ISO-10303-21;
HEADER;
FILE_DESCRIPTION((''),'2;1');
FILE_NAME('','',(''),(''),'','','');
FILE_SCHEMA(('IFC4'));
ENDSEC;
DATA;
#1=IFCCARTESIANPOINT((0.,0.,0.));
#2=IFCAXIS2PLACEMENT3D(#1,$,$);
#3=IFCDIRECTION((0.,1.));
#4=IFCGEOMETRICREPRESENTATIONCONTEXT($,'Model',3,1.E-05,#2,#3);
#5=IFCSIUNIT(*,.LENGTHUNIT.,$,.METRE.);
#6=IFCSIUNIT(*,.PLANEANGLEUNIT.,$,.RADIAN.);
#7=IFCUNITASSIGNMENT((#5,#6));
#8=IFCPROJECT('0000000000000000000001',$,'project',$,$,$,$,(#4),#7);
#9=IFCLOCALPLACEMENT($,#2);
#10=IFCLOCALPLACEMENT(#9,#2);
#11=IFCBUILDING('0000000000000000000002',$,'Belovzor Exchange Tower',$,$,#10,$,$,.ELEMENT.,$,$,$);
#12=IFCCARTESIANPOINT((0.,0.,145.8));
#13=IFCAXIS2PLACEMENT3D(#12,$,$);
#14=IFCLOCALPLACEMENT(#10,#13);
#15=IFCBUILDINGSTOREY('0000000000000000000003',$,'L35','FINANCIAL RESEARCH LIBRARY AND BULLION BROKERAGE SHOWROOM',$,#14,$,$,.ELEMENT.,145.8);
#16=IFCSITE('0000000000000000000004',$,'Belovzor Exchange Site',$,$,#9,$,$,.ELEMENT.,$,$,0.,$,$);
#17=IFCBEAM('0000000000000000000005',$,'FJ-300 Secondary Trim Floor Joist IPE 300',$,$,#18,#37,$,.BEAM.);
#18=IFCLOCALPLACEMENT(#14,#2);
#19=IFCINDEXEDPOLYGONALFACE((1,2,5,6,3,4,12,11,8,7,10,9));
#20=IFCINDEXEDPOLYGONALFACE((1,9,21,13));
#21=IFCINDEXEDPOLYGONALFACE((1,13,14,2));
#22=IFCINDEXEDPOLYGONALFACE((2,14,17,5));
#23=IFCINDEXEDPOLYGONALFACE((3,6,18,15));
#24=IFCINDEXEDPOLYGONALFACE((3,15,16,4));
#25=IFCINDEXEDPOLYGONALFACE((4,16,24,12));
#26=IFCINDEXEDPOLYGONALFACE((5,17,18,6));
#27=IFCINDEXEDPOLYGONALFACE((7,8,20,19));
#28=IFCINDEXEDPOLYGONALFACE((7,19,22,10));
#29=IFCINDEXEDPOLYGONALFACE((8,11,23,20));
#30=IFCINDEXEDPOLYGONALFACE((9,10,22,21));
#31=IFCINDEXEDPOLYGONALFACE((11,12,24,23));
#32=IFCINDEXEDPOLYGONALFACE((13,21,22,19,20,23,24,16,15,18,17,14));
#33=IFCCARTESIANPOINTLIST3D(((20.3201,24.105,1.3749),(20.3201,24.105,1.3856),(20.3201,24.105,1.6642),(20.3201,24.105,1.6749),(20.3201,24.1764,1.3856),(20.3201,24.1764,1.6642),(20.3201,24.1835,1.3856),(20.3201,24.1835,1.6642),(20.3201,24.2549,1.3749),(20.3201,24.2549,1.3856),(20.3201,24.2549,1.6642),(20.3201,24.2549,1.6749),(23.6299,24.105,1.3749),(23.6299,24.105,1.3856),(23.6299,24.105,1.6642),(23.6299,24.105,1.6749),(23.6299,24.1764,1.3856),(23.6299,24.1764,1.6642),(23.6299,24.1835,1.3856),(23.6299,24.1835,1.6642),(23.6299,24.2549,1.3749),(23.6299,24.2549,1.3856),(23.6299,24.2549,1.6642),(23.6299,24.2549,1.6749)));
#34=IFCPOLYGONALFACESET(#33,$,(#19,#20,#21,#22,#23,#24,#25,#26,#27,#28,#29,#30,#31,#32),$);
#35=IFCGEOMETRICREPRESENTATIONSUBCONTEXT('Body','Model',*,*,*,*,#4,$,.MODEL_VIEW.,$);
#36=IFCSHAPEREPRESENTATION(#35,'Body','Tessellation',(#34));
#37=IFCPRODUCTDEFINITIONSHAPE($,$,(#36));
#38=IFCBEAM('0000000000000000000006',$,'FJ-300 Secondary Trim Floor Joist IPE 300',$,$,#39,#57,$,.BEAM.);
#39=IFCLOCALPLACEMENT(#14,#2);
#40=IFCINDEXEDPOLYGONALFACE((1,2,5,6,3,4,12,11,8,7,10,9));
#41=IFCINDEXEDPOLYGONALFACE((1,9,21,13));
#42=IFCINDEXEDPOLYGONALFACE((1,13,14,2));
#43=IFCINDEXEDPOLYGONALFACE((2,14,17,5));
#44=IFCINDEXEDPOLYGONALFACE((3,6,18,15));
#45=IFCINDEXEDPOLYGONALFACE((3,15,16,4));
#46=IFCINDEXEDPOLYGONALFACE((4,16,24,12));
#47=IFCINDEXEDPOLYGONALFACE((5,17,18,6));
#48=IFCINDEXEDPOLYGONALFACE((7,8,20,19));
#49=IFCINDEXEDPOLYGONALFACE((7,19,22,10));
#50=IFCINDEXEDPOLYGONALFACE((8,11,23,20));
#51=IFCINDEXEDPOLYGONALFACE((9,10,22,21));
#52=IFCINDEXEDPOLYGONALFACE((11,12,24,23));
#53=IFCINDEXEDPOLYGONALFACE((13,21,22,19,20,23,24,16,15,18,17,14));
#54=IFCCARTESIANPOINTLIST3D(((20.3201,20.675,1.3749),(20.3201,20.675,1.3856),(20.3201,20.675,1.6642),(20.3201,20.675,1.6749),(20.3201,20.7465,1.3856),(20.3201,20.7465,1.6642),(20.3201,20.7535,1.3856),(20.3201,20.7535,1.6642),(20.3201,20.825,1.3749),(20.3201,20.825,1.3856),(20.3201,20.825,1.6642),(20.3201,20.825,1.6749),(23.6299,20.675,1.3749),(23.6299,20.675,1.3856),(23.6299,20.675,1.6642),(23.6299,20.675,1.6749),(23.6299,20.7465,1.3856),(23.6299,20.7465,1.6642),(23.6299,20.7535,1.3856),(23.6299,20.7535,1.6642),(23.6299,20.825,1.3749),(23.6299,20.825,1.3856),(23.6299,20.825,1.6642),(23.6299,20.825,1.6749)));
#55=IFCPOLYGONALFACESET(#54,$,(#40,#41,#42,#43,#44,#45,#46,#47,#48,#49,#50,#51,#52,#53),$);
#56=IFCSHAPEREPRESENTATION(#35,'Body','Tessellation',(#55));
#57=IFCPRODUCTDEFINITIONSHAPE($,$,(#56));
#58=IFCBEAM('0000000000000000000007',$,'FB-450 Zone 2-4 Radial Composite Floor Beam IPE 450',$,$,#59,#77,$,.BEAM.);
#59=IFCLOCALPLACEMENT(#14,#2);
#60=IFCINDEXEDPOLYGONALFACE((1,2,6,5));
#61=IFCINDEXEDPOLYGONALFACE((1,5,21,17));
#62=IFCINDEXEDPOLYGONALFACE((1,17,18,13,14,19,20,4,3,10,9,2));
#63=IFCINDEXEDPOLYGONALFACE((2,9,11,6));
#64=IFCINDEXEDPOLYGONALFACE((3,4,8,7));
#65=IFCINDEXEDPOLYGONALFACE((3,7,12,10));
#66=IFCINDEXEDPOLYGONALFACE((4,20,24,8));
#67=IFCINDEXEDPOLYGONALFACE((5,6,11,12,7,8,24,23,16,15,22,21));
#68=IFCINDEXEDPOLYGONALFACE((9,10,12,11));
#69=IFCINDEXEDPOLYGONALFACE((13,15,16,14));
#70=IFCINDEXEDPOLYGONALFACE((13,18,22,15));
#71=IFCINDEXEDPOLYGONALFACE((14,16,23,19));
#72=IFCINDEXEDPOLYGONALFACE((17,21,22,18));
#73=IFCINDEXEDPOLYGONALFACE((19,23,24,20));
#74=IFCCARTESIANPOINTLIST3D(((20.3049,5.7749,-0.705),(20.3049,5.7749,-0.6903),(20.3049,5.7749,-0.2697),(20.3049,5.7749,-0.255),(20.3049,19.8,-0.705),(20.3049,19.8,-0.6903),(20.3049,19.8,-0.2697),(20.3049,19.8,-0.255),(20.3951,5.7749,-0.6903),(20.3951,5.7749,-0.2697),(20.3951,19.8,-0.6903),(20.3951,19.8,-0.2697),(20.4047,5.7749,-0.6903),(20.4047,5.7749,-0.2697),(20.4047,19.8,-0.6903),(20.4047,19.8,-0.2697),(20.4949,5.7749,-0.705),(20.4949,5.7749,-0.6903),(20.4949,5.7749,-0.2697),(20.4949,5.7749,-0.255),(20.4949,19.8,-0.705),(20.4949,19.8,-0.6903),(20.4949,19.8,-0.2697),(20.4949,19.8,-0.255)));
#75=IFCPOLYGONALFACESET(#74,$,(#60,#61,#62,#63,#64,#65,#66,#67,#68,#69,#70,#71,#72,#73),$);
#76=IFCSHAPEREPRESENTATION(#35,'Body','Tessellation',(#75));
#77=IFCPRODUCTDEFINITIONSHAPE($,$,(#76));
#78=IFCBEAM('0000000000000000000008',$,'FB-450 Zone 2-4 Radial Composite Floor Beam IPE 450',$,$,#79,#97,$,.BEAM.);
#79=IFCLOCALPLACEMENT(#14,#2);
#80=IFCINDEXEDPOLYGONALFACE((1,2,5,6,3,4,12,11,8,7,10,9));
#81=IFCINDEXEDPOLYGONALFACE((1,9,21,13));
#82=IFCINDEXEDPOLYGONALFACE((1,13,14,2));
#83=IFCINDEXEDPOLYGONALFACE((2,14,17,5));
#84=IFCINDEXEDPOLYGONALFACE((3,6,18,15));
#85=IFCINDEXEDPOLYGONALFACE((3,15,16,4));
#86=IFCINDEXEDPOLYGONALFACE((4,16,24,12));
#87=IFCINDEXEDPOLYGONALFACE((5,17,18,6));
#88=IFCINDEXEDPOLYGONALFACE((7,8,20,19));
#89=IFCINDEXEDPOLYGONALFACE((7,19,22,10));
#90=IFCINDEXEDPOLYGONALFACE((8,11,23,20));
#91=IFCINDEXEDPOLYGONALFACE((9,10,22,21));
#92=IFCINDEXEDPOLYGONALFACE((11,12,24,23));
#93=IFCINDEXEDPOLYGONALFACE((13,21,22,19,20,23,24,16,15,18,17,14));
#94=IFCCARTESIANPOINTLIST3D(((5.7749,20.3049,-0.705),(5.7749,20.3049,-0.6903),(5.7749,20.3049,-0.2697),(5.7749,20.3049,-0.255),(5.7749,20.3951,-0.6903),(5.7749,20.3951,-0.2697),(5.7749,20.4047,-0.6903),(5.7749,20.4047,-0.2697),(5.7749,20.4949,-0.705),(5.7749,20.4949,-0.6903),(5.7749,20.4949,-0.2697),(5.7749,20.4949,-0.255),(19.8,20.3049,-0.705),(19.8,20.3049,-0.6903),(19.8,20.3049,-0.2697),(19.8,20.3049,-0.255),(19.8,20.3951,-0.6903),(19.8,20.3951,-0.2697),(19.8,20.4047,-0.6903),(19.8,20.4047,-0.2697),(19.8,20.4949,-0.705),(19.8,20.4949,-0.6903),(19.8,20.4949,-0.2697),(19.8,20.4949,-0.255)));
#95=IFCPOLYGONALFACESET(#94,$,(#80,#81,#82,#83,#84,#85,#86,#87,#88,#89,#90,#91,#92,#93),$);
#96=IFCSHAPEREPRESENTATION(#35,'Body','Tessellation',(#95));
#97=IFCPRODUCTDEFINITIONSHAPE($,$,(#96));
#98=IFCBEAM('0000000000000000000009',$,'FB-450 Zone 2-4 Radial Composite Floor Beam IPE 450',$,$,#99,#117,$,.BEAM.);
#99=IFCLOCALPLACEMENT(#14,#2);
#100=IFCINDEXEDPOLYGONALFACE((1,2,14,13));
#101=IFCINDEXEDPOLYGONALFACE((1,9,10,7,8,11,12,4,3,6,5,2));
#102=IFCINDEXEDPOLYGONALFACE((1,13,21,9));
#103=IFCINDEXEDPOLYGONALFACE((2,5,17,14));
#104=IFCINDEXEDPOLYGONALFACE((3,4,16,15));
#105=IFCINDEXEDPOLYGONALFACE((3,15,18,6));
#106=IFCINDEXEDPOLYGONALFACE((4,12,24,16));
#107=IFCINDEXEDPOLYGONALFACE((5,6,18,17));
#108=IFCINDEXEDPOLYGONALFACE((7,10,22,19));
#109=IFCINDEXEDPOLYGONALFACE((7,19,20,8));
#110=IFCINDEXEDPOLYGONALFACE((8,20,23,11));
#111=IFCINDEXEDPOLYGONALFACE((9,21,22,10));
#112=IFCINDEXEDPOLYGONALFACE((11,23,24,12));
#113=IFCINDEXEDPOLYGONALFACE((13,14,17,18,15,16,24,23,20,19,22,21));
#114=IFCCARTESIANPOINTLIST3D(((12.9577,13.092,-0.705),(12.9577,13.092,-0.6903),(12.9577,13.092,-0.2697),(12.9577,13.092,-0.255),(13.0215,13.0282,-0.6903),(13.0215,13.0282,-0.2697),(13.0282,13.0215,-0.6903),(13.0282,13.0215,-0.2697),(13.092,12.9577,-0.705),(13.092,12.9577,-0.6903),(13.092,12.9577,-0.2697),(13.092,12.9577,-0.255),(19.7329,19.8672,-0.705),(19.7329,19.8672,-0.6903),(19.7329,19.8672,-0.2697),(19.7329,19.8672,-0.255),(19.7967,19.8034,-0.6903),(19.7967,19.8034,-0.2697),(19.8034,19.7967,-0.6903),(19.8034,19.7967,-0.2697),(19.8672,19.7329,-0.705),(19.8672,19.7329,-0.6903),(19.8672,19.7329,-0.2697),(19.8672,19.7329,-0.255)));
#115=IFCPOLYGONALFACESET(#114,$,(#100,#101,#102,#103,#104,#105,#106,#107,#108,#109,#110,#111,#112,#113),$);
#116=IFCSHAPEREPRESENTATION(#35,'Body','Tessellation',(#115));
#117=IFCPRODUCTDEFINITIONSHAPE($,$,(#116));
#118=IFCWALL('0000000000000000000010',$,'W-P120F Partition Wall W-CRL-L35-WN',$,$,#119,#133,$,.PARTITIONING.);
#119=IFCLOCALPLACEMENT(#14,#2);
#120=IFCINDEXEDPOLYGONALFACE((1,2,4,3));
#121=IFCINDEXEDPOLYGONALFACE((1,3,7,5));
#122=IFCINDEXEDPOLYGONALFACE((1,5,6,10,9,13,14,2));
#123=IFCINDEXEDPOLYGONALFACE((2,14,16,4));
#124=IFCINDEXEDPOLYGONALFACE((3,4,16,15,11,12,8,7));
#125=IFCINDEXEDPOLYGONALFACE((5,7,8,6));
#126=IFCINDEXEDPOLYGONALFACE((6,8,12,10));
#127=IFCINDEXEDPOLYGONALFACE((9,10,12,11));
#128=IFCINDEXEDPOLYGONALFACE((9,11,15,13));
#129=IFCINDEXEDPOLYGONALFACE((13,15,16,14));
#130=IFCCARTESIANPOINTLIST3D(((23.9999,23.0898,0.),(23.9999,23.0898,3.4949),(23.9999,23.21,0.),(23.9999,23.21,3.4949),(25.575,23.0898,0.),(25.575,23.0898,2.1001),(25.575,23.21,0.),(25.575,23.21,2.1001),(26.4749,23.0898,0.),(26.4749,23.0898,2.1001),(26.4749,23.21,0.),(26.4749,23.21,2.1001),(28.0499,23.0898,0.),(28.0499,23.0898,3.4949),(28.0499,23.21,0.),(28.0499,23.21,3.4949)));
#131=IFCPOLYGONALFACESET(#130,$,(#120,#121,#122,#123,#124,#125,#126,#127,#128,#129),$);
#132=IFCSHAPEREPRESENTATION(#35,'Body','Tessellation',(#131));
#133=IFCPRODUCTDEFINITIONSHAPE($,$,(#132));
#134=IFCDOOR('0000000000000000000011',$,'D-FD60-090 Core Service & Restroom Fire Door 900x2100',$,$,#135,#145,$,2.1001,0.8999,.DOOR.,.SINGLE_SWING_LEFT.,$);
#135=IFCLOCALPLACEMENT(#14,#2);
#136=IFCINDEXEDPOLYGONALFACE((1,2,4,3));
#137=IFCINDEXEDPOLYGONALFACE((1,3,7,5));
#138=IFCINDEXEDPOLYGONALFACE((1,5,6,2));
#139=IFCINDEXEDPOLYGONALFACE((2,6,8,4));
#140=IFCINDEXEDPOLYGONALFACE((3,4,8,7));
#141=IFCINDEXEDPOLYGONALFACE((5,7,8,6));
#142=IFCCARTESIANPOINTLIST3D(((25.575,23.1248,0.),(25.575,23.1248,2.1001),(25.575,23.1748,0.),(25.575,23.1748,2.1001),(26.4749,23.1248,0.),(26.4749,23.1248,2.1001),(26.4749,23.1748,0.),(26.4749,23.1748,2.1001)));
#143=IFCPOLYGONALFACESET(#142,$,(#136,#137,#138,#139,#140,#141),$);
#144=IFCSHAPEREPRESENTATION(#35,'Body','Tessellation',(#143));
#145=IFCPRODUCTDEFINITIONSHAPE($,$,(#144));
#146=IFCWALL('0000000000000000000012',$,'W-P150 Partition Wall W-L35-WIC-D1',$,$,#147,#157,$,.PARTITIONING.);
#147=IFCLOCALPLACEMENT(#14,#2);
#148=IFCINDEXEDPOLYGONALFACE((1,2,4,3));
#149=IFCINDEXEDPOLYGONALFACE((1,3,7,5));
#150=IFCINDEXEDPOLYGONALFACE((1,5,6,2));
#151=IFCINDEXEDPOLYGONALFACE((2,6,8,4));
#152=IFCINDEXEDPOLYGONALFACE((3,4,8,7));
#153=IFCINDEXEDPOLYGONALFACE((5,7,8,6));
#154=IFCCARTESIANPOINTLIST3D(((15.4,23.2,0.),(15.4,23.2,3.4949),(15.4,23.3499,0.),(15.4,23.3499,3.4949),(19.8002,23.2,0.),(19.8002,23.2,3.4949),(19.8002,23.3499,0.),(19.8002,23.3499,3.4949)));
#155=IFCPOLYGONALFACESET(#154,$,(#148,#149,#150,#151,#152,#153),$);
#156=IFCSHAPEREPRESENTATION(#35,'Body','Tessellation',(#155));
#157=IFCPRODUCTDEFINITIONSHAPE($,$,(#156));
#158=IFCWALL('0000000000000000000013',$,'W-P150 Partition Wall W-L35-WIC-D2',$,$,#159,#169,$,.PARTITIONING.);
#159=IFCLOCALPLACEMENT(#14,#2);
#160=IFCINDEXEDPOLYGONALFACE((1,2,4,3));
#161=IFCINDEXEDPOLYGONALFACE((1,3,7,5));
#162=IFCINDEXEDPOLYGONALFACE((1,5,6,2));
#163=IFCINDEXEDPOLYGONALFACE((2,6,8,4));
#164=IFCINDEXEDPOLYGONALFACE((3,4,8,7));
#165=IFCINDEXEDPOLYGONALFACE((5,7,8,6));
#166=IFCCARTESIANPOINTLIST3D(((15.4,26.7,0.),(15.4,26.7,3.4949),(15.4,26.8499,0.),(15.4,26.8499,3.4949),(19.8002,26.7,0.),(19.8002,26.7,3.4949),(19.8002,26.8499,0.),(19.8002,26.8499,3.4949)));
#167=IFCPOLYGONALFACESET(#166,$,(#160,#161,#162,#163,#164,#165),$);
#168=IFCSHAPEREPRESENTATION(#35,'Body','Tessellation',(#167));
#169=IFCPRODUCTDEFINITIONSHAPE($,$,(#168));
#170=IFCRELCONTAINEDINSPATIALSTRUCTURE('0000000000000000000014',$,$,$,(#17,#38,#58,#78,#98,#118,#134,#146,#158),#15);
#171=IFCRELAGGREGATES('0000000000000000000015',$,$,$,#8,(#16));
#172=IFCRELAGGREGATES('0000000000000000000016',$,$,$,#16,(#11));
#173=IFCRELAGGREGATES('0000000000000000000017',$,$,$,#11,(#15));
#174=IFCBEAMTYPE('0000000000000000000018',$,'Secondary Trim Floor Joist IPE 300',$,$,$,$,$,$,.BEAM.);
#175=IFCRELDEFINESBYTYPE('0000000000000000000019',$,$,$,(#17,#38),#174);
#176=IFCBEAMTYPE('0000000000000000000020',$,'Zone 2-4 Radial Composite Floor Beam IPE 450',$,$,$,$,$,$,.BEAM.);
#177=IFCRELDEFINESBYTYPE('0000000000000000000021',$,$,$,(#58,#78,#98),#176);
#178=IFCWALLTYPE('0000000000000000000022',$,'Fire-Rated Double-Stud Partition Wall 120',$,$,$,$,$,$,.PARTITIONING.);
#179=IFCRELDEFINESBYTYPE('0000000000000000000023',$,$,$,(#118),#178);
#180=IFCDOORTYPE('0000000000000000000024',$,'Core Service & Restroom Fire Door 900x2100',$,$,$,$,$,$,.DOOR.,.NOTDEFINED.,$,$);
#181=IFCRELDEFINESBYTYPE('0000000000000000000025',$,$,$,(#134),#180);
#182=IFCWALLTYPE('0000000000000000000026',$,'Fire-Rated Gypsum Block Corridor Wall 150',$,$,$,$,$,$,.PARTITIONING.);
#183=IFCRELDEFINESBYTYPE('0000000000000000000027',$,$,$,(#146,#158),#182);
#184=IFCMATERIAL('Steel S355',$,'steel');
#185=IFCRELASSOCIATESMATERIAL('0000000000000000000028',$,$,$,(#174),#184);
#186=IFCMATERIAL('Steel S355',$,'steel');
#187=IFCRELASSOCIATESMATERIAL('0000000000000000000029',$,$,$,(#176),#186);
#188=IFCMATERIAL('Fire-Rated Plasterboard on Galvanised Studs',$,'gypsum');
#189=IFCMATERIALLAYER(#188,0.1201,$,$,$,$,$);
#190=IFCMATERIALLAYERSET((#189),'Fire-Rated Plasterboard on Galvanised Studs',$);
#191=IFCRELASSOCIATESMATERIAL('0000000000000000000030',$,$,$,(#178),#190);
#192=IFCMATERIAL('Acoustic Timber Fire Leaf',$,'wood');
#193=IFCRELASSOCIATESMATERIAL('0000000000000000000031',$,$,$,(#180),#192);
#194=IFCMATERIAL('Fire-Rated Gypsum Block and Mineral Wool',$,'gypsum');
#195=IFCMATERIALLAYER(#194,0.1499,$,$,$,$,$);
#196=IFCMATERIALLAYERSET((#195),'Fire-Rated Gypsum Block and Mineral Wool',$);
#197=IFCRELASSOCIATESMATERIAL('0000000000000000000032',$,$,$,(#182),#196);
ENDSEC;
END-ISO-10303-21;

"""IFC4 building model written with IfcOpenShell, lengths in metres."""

from ifc_helpers import new_model, si_unit, direction, frame, frame_2d, origin, origin_2d, place, context, subcontext, project, spatial, rectangle, i_section, extrude, material, layer, layer_set, material_profile, profile_set, type_object, element, fill, save


model = new_model("IFC4")

# Units and contexts
model_context = context("Model", 3, precision=1e-05, world=origin(), true_north=direction((0.0, 1.0)))
body_context = subcontext(model_context, "Body", "Model", "MODEL_VIEW")
ifc_project = project(units=[si_unit("LENGTHUNIT", "METRE"), si_unit("PLANEANGLEUNIT", "RADIAN")], contexts=[model_context])

# Site, building, storey
site_placement = place(None, origin())
site = spatial("IfcSite", under=ifc_project, at=site_placement, Name="Belovzor Exchange Site", CompositionType="ELEMENT", RefElevation=0.0)
building_placement = place(site_placement, origin())
building = spatial("IfcBuilding", under=site, at=building_placement, Name="Belovzor Exchange Tower", CompositionType="ELEMENT")
storey_placement = place(building_placement, frame((0.0, 0.0, 145.8)))
storey = spatial("IfcBuildingStorey", under=building, at=storey_placement, Name="L35", Description="FINANCIAL RESEARCH LIBRARY AND BULLION BROKERAGE SHOWROOM", CompositionType="ELEMENT", Elevation=145.8)

# Beams
ifc_material_1 = material(Name="Steel S355", Category="steel")
ifc_material_profile_1 = material_profile(ifc_material_1, i_section(OverallWidth=0.1499, OverallDepth=0.3, WebThickness=0.0071, FlangeThickness=0.0107, at=origin_2d()))
ifc_profile_set_1 = profile_set([ifc_material_profile_1], Name="Steel S355")
beam_type_1 = type_object("IfcBeamType", Name="Secondary Trim Floor Joist IPE 300", PredefinedType="BEAM", material=ifc_profile_set_1)
for number, where, z_axis, x_axis, name in (
    (1, (20.3201, 24.1799, 1.5249), (1.0, 0.0, 0.0), (0.0, 1.0, 0.0), "FJ-300 Secondary Trim Floor Joist IPE 300"),
    (2, (20.3201, 20.75, 1.5249), (1.0, 0.0, 0.0), (0.0, 1.0, 0.0), "FJ-300 Secondary Trim Floor Joist IPE 300"),
):
    element("IfcBeam", number, at=place(storey_placement, frame(where, z_axis=z_axis, x_axis=x_axis)), inside=storey, type_object=beam_type_1, Name=name, PredefinedType="BEAM", context=body_context, shape_type="SweptSolid", body=[
        extrude(i_section(OverallWidth=0.1499, OverallDepth=0.3, WebThickness=0.0071, FlangeThickness=0.0107, at=origin_2d()), origin(), (0.0, 0.0, 1.0), 3.3098),
    ])
ifc_material_2 = material(Name="Steel S355", Category="steel")
ifc_material_profile_2 = material_profile(ifc_material_2, i_section(OverallWidth=0.1899, OverallDepth=0.45, WebThickness=0.0095, FlangeThickness=0.0146, at=origin_2d()))
ifc_profile_set_2 = profile_set([ifc_material_profile_2], Name="Steel S355")
beam_type_2 = type_object("IfcBeamType", Name="Zone 2-4 Radial Composite Floor Beam IPE 450", PredefinedType="BEAM", material=ifc_profile_set_2)
for number, where, z_axis, x_axis, name in (
    (3, (20.3999, 19.8, -0.48), (0.0, -1.0, 0.0), (1.0, 0.0, 0.0), "FB-450 Zone 2-4 Radial Composite Floor Beam IPE 450"),
    (4, (19.8, 20.3999, -0.48), (-1.0, 0.0, 0.0), (0.0, -1.0, 0.0), "FB-450 Zone 2-4 Radial Composite Floor Beam IPE 450"),
):
    element("IfcBeam", number, at=place(storey_placement, frame(where, z_axis=z_axis, x_axis=x_axis)), inside=storey, type_object=beam_type_2, Name=name, PredefinedType="BEAM", context=body_context, shape_type="SweptSolid", body=[
        extrude(i_section(OverallWidth=0.1899, OverallDepth=0.45, WebThickness=0.0095, FlangeThickness=0.0146, at=origin_2d()), origin(), (0.0, 0.0, 1.0), 14.0251),
    ])
beam_placement = place(storey_placement, frame((19.8, 19.8, -0.48), z_axis=(-0.707107, -0.707107, 0.0), x_axis=(0.707107, -0.707107, 0.0)))
element("IfcBeam", 5, at=beam_placement, inside=storey, type_object=beam_type_2, Name="FB-450 Zone 2-4 Radial Composite Floor Beam IPE 450", PredefinedType="BEAM", context=body_context, shape_type="SweptSolid", body=[
    extrude(i_section(OverallWidth=0.1899, OverallDepth=0.45, WebThickness=0.0095, FlangeThickness=0.0146, at=origin_2d()), origin(), (0.0, 0.0, 1.0), 9.5815),
])

# Wall, opening, door
ifc_material_3 = material(Name="Fire-Rated Plasterboard on Galvanised Studs", Category="gypsum")
ifc_layer_1 = layer(ifc_material_3, 0.1201)
ifc_layer_set_1 = layer_set([ifc_layer_1], Name="Fire-Rated Plasterboard on Galvanised Studs")
wall_type_1 = type_object("IfcWallType", Name="Fire-Rated Double-Stud Partition Wall 120", PredefinedType="PARTITIONING", material=ifc_layer_set_1)
wall_1_placement = place(storey_placement, frame((24.0, 23.1499, 0.0), z_axis=(0.0, 0.0, 1.0), x_axis=(1.0, 0.0, 0.0)))
wall_1 = element("IfcWall", 6, at=wall_1_placement, inside=storey, type_object=wall_type_1, Name="W-P120F Partition Wall W-CRL-L35-WN", PredefinedType="PARTITIONING", context=body_context, shape_type="SweptSolid", body=[
    extrude(rectangle(XDim=4.05, YDim=0.1201, at=frame_2d((2.0249, 0.0))), origin(), (0.0, 0.0, 1.0), 3.4949),
])
opening_1_placement = place(wall_1_placement, frame((1.575, 0.0, 0.0)))
opening_1 = element("IfcOpeningElement", 7, at=opening_1_placement, cuts=wall_1, PredefinedType="OPENING", context=body_context, shape_type="SweptSolid", body=[
    extrude(rectangle(XDim=0.8999, YDim=2.1001, at=frame_2d((0.45, 1.05))), frame((0.0, 0.0701, 0.0), z_axis=(0.0, -1.0, 0.0), x_axis=(1.0, 0.0, 0.0)), (0.0, 0.0, 1.0), 0.1401),
])
ifc_material_4 = material(Name="Acoustic Timber Fire Leaf", Category="wood")
door_type_1 = type_object("IfcDoorType", Name="Core Service & Restroom Fire Door 900x2100", OperationType="NOTDEFINED", PredefinedType="DOOR", material=ifc_material_4)
door_1_placement = place(opening_1_placement, origin())
door_1 = element("IfcDoor", 8, at=door_1_placement, inside=storey, type_object=door_type_1, Name="D-FD60-090 Core Service & Restroom Fire Door 900x2100", OperationType="SINGLE_SWING_LEFT", OverallHeight=2.1001, OverallWidth=0.8999, PredefinedType="DOOR", context=body_context, shape_type="SweptSolid", body=[
    extrude(rectangle(XDim=0.8999, YDim=2.1001, at=frame_2d((0.45, 1.05))), frame((0.0, 0.0249, 0.0), z_axis=(0.0, -1.0, 0.0), x_axis=(1.0, 0.0, 0.0)), (0.0, 0.0, 1.0), 0.05),
])
fill(opening_1, door_1)

# Walls
ifc_material_5 = material(Name="Fire-Rated Gypsum Block and Mineral Wool", Category="gypsum")
ifc_layer_2 = layer(ifc_material_5, 0.1499)
ifc_layer_set_2 = layer_set([ifc_layer_2], Name="Fire-Rated Gypsum Block and Mineral Wool")
wall_type_2 = type_object("IfcWallType", Name="Fire-Rated Gypsum Block Corridor Wall 150", PredefinedType="PARTITIONING", material=ifc_layer_set_2)
for number, where, z_axis, x_axis, name in (
    (9, (15.3999, 23.2749, 0.0), (0.0, 0.0, 1.0), (1.0, 0.0, 0.0), "W-P150 Partition Wall W-L35-WIC-D1"),
    (10, (15.3999, 26.7749, 0.0), (0.0, 0.0, 1.0), (1.0, 0.0, 0.0), "W-P150 Partition Wall W-L35-WIC-D2"),
):
    element("IfcWall", number, at=place(storey_placement, frame(where, z_axis=z_axis, x_axis=x_axis)), inside=storey, type_object=wall_type_2, Name=name, PredefinedType="PARTITIONING", context=body_context, shape_type="SweptSolid", body=[
        extrude(rectangle(XDim=4.4001, YDim=0.1499, at=frame_2d((2.2002, 0.0))), origin(), (0.0, 0.0, 1.0), 3.4949),
    ])

save(model, "model.ifc")
